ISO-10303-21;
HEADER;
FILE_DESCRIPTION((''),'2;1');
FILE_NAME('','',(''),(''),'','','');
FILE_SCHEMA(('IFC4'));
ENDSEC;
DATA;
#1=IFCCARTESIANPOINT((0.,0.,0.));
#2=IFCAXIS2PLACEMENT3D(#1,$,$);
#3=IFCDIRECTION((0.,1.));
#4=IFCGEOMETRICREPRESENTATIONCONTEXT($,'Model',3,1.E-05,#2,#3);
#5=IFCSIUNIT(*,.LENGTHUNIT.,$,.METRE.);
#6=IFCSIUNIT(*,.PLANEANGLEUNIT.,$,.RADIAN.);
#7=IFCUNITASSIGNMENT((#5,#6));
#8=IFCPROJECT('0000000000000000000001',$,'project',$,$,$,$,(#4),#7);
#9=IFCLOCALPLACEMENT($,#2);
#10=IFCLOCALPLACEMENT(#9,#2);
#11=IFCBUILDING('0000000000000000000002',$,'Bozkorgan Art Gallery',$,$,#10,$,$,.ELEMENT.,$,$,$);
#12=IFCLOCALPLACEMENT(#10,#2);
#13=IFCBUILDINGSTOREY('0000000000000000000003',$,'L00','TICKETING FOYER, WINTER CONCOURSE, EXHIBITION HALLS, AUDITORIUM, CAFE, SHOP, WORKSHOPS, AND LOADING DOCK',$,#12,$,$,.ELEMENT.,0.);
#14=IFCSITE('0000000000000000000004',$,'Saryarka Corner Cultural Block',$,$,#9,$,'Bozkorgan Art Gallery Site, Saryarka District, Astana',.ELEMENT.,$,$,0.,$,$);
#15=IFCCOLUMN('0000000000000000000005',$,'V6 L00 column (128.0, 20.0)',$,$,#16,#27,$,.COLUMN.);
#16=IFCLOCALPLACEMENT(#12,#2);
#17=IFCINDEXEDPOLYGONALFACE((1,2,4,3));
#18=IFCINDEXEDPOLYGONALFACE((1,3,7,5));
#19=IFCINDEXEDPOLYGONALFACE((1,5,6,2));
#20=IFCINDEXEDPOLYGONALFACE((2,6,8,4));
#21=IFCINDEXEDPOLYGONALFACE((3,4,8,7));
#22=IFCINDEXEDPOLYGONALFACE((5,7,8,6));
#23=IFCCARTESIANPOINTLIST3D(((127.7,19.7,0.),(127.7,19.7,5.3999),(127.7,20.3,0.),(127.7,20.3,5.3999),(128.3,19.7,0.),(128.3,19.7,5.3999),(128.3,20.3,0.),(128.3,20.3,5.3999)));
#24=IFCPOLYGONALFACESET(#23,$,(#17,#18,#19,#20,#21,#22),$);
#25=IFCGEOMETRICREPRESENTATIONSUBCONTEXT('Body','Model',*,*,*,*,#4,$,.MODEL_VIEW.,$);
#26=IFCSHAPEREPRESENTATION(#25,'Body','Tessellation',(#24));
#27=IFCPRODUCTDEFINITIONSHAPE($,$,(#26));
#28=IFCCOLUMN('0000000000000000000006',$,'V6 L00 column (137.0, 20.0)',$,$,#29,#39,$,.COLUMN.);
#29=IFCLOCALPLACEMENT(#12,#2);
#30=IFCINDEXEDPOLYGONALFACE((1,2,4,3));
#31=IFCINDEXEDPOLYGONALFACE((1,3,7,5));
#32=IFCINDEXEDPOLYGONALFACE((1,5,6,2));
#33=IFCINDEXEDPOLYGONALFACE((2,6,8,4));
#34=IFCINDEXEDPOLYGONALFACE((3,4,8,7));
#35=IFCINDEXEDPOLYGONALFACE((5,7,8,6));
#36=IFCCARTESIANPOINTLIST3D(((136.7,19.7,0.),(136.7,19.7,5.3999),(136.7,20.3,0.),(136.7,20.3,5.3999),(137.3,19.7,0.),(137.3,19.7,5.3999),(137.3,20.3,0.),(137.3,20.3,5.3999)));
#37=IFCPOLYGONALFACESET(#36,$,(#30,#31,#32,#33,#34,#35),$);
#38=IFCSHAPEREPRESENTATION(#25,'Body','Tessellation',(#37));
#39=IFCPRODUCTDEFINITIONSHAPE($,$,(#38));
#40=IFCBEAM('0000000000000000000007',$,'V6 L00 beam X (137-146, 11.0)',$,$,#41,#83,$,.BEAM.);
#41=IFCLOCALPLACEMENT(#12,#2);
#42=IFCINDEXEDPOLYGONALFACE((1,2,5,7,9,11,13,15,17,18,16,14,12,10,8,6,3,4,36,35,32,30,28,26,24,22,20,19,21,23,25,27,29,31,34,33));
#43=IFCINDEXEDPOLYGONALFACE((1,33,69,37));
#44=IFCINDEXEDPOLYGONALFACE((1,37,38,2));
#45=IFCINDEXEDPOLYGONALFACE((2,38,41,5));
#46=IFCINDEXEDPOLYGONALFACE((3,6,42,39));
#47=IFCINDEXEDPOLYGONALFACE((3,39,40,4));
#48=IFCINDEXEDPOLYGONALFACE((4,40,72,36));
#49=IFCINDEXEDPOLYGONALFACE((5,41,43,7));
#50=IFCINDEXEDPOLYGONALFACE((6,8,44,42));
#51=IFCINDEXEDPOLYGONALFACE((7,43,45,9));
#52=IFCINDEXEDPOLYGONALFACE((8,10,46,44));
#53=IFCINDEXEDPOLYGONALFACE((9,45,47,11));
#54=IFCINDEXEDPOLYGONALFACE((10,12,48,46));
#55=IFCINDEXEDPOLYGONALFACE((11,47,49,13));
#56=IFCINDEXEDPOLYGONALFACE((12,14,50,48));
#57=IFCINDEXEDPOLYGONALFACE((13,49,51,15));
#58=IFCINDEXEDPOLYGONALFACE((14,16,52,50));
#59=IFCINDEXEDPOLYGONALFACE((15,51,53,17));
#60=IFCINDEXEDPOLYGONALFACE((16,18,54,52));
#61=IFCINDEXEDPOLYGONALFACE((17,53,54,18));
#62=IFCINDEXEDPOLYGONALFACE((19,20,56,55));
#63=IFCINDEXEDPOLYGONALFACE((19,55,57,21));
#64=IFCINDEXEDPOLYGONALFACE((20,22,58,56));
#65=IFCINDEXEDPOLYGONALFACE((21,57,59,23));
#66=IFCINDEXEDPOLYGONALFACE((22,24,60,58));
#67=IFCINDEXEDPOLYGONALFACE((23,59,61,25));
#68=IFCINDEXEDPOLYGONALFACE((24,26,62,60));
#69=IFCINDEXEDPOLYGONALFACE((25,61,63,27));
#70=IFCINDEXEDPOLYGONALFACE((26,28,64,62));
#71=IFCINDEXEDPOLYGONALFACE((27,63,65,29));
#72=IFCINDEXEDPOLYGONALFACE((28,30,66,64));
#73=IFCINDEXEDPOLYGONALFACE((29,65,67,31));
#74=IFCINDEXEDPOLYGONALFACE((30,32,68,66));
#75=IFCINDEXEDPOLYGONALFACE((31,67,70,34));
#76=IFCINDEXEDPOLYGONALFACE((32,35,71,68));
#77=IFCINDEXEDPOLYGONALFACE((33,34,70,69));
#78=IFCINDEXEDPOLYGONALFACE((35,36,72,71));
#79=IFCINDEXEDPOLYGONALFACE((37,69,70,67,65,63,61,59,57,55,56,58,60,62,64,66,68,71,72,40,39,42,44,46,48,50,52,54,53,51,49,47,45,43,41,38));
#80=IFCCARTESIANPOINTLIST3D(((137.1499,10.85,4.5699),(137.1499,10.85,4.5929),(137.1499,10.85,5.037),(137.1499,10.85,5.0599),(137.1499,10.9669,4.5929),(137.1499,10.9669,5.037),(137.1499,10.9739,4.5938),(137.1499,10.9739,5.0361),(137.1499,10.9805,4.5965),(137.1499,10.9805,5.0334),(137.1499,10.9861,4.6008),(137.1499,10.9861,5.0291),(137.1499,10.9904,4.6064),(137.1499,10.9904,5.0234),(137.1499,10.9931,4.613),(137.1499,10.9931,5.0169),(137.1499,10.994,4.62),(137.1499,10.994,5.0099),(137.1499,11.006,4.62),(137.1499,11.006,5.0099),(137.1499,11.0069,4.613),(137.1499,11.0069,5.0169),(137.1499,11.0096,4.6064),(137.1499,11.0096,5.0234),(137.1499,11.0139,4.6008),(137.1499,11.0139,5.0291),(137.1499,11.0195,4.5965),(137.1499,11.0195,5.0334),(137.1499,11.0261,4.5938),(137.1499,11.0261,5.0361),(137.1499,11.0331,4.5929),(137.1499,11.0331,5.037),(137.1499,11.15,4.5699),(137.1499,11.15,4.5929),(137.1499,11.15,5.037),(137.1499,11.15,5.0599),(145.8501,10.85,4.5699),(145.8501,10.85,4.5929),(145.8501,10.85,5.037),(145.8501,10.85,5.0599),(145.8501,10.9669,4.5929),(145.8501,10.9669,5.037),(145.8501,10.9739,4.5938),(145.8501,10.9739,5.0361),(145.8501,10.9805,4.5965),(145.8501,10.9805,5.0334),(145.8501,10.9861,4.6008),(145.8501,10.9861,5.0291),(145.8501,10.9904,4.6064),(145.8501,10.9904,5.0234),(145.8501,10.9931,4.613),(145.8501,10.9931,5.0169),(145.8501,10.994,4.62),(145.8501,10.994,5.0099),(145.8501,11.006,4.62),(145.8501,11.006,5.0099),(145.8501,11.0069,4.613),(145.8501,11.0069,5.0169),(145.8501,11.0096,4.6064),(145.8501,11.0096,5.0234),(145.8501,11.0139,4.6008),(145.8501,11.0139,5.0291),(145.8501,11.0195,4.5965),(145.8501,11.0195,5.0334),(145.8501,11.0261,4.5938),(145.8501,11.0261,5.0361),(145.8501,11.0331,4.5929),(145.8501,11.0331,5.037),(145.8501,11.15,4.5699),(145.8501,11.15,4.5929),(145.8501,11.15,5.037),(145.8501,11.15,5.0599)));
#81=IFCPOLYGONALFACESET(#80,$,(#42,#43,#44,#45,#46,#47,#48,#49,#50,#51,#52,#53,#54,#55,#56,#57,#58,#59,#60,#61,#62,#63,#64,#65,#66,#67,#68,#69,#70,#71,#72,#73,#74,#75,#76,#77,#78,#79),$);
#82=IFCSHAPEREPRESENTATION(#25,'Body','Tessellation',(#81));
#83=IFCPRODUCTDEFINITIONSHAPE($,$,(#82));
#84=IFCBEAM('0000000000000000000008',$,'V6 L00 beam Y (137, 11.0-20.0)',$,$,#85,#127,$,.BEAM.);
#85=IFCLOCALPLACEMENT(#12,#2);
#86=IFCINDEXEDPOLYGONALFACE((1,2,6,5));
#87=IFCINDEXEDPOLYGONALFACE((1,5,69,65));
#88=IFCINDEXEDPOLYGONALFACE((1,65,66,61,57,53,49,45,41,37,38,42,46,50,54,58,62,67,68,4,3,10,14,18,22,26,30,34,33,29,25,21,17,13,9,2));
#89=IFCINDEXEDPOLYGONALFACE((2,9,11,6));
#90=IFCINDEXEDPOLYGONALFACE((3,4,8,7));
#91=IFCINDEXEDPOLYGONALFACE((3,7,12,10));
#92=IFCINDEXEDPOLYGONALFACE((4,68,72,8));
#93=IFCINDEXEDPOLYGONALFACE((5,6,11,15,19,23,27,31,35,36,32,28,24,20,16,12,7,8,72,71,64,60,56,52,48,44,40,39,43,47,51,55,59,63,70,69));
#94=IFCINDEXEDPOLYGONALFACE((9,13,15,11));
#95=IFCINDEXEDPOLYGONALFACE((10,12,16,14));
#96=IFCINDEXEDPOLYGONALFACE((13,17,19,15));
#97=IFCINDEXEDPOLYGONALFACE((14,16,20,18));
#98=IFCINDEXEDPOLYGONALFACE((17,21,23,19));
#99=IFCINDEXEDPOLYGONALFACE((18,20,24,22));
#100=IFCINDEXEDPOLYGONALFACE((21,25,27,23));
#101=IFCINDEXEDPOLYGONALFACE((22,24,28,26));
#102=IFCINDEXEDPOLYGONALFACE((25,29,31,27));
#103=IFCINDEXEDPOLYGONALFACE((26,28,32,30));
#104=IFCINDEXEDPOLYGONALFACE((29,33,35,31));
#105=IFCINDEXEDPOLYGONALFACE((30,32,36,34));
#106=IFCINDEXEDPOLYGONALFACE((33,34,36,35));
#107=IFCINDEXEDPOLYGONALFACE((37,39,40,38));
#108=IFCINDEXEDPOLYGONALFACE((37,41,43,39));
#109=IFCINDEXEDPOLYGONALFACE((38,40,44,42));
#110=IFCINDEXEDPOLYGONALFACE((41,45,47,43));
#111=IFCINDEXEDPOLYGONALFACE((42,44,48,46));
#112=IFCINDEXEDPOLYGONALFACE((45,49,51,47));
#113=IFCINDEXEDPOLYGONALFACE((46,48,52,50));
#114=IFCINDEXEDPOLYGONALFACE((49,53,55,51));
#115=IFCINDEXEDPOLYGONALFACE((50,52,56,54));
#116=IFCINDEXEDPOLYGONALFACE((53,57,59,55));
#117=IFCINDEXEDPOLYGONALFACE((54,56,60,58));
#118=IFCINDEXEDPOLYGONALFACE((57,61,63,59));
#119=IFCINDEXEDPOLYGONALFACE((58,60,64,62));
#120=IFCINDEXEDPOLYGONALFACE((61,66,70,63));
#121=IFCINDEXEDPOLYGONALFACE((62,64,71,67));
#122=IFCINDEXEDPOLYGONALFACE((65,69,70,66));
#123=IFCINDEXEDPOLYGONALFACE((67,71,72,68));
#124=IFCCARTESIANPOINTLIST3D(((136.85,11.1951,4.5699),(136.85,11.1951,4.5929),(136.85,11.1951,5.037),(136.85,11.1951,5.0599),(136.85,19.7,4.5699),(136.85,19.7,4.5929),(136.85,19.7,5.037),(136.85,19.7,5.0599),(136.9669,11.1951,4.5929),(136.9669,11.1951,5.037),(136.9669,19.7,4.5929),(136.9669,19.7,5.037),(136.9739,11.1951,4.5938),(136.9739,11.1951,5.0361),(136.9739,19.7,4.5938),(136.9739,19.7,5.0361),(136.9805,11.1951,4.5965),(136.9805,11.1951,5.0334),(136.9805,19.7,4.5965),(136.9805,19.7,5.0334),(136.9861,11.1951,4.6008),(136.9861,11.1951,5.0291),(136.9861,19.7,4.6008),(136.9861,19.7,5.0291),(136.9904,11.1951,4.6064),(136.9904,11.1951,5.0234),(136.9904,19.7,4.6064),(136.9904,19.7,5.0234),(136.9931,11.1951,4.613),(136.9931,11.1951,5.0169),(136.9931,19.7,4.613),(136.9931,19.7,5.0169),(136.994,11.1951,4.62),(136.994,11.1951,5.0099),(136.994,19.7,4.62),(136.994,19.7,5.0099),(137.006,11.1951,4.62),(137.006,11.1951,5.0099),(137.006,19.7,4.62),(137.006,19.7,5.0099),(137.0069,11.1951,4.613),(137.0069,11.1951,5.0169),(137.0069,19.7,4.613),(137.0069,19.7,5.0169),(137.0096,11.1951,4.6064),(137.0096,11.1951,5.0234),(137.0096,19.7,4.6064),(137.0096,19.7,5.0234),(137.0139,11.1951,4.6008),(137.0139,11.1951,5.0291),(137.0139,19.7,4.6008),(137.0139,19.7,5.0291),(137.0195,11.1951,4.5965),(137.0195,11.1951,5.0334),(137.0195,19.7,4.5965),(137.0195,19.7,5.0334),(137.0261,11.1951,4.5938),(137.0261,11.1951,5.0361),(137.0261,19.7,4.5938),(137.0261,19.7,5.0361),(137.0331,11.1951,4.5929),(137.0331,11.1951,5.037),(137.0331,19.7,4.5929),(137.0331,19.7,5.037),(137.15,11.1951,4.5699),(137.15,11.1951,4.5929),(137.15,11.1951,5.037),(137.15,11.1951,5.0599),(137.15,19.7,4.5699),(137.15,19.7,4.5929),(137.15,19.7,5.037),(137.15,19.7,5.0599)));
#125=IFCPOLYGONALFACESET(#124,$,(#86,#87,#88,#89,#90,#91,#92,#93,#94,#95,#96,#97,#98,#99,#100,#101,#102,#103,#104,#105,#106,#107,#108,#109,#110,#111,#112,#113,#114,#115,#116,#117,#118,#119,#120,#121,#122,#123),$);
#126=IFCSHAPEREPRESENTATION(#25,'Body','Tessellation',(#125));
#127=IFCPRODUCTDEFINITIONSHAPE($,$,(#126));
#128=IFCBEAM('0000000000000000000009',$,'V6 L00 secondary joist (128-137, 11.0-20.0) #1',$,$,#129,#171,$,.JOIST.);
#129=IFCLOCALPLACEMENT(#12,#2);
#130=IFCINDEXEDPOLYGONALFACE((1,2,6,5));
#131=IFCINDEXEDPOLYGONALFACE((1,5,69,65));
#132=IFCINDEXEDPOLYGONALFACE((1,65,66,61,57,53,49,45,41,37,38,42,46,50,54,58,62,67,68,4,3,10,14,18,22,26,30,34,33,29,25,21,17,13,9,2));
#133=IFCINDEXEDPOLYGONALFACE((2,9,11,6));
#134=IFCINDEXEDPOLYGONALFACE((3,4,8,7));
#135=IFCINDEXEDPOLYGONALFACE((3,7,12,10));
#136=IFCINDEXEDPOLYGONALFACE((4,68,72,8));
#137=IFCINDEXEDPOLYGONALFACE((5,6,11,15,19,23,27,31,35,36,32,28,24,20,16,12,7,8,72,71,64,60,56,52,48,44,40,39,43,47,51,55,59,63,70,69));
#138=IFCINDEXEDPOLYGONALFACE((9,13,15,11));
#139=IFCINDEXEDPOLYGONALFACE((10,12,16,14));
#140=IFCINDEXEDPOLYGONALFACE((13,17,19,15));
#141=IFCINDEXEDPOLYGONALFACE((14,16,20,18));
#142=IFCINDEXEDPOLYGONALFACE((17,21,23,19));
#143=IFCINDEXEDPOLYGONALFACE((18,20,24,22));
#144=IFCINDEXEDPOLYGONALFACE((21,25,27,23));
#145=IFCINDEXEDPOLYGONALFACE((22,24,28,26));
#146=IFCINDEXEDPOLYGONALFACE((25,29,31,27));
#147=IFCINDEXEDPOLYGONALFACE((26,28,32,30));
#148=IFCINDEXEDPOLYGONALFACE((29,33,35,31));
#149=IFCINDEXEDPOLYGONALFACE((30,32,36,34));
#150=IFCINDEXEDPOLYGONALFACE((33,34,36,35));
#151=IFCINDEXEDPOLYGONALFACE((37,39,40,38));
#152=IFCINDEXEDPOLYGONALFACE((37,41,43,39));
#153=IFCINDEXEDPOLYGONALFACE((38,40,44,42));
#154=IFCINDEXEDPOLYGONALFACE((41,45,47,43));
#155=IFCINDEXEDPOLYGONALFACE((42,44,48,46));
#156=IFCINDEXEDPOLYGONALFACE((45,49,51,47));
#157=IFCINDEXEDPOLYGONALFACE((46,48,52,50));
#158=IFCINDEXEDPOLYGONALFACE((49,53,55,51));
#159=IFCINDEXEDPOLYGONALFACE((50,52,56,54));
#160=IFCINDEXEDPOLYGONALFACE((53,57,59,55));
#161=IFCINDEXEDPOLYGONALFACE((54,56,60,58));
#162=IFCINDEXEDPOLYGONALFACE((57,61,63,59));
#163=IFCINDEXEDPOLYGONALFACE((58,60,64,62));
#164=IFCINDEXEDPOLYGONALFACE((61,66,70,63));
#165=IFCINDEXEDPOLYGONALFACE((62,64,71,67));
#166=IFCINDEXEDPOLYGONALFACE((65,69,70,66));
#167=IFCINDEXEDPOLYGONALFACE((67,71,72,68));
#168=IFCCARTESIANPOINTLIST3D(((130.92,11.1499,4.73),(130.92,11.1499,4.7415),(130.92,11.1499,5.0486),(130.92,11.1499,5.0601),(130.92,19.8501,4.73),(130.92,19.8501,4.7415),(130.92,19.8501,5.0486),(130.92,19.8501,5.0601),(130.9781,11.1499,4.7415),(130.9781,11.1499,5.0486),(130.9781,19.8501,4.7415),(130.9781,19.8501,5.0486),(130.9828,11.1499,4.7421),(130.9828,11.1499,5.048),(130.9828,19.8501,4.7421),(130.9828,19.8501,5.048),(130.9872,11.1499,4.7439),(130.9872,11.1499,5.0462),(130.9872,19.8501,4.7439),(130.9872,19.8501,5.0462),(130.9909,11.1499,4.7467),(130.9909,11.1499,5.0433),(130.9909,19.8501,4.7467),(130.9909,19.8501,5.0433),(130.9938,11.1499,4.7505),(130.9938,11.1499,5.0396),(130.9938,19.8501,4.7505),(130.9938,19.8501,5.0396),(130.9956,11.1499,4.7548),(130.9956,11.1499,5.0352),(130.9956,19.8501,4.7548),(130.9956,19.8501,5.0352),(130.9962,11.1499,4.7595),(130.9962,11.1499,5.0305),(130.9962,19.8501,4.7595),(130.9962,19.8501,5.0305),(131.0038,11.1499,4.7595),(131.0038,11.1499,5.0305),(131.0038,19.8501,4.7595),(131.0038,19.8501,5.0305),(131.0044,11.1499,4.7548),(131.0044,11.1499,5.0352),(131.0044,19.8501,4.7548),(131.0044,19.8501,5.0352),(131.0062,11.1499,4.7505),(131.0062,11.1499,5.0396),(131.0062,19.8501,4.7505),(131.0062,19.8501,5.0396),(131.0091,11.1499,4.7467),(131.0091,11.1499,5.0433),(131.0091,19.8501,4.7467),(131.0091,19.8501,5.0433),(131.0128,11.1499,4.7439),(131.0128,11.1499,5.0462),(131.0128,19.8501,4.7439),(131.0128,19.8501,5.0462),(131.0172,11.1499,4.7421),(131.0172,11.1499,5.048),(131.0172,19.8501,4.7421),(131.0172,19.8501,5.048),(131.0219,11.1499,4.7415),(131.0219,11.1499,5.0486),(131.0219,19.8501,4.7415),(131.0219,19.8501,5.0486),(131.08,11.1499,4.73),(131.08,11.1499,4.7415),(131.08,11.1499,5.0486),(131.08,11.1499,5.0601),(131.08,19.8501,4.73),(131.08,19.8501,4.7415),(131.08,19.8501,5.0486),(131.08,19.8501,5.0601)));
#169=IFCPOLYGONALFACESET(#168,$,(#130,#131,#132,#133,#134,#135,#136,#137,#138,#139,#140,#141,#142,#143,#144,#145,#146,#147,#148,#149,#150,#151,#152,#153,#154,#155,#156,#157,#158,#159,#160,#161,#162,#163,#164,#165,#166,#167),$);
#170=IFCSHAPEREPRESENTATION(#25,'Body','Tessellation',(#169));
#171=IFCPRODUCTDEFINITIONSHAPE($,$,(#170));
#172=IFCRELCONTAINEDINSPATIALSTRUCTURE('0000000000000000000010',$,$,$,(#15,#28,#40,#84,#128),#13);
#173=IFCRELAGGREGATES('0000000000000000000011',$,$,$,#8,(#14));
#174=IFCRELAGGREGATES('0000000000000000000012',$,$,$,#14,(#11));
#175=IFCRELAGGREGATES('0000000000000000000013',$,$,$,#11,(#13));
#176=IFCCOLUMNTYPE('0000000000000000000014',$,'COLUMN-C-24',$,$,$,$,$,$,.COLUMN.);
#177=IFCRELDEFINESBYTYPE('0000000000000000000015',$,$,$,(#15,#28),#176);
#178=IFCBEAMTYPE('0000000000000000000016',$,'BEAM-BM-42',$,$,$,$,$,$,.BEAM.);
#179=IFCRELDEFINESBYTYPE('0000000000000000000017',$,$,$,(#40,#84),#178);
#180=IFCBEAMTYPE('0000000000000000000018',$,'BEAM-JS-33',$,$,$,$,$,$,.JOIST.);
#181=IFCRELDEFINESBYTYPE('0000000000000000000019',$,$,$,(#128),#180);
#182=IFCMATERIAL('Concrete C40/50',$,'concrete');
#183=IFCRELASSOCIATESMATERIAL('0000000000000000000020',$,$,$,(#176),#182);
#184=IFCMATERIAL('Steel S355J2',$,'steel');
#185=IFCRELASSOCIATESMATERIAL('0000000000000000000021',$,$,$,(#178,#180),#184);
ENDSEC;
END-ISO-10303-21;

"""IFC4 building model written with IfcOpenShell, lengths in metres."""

from ifc_helpers import new_model, si_unit, direction, frame, origin, origin_2d, place, context, subcontext, project, spatial, rectangle, i_section, extrude, material, material_profile, profile_set, type_object, element, save


model = new_model("IFC4")

# Units and contexts
model_context = context("Model", 3, precision=1e-05, world=origin(), true_north=direction((0.0, 1.0)))
body_context = subcontext(model_context, "Body", "Model", "MODEL_VIEW")
ifc_project = project(units=[si_unit("LENGTHUNIT", "METRE"), si_unit("PLANEANGLEUNIT", "RADIAN")], contexts=[model_context])

# Site, building, storey
site_placement = place(None, origin())
site = spatial("IfcSite", under=ifc_project, at=site_placement, Name="Saryarka Corner Cultural Block", LongName="Bozkorgan Art Gallery Site, Saryarka District, Astana", CompositionType="ELEMENT", RefElevation=0.0)
building_placement = place(site_placement, origin())
building = spatial("IfcBuilding", under=site, at=building_placement, Name="Bozkorgan Art Gallery", CompositionType="ELEMENT")
storey_placement = place(building_placement, origin())
storey = spatial("IfcBuildingStorey", under=building, at=storey_placement, Name="L00", Description="TICKETING FOYER, WINTER CONCOURSE, EXHIBITION HALLS, AUDITORIUM, CAFE, SHOP, WORKSHOPS, AND LOADING DOCK", CompositionType="ELEMENT", Elevation=0.0)

# Columns
ifc_material_1 = material(Name="Steel S355J2", Category="steel")
ifc_material_2 = material(Name="Concrete C40/50", Category="concrete")
ifc_material_profile_1 = material_profile(ifc_material_2, rectangle(XDim=0.6001, YDim=0.6001, at=origin_2d()), Name="RC 600x600")
ifc_profile_set_1 = profile_set([ifc_material_profile_1], Name="Concrete C40/50")
column_type_1 = type_object("IfcColumnType", Name="COLUMN-C-24", PredefinedType="COLUMN", material=ifc_profile_set_1)
for number, where, z_axis, x_axis, name in (
    (1, (128.0, 20.0, 0.0), (0.0, 0.0, 1.0), (1.0, 0.0, 0.0), "V6 L00 column (128.0, 20.0)"),
    (2, (137.0, 20.0, 0.0), (0.0, 0.0, 1.0), (1.0, 0.0, 0.0), "V6 L00 column (137.0, 20.0)"),
):
    element("IfcColumn", number, at=place(storey_placement, frame(where, z_axis=z_axis, x_axis=x_axis)), inside=storey, type_object=column_type_1, Name=name, PredefinedType="COLUMN", context=body_context, shape_type="SweptSolid", body=[
        extrude(rectangle(XDim=0.6001, YDim=0.6001, at=origin_2d()), origin(), (0.0, 0.0, 1.0), 5.3999),
    ])

# Beams
ifc_material_profile_2 = material_profile(ifc_material_1, i_section(OverallWidth=0.3, OverallDepth=0.49, WebThickness=0.012, FlangeThickness=0.0229, FilletRadius=0.0271, at=origin_2d()), Name="HEA 500")
ifc_profile_set_2 = profile_set([ifc_material_profile_2], Name="Steel S355J2")
beam_type_1 = type_object("IfcBeamType", Name="BEAM-BM-42", PredefinedType="BEAM", material=ifc_profile_set_2)
beam_1_placement = place(storey_placement, frame((137.1499, 11.0, 4.8149), z_axis=(1.0, 0.0, 0.0), x_axis=(0.0, 1.0, 0.0)))
element("IfcBeam", 3, at=beam_1_placement, inside=storey, type_object=beam_type_1, Name="V6 L00 beam X (137-146, 11.0)", PredefinedType="BEAM", context=body_context, shape_type="SweptSolid", body=[
    extrude(i_section(OverallWidth=0.3, OverallDepth=0.49, WebThickness=0.012, FlangeThickness=0.0229, FilletRadius=0.0271, at=origin_2d()), origin(), (0.0, 0.0, 1.0), 8.7002),
])
beam_2_placement = place(storey_placement, frame((137.0, 11.1951, 4.8149), z_axis=(0.0, 1.0, 0.0), x_axis=(-1.0, 0.0, 0.0)))
element("IfcBeam", 4, at=beam_2_placement, inside=storey, type_object=beam_type_1, Name="V6 L00 beam Y (137, 11.0-20.0)", PredefinedType="BEAM", context=body_context, shape_type="SweptSolid", body=[
    extrude(i_section(OverallWidth=0.3, OverallDepth=0.49, WebThickness=0.012, FlangeThickness=0.0229, FilletRadius=0.0271, at=origin_2d()), origin(), (0.0, 0.0, 1.0), 8.5049),
])
ifc_material_profile_3 = material_profile(ifc_material_1, i_section(OverallWidth=0.1599, OverallDepth=0.3301, WebThickness=0.0076, FlangeThickness=0.0115, FilletRadius=0.0181, at=origin_2d()), Name="IPE 330")
ifc_profile_set_3 = profile_set([ifc_material_profile_3], Name="Steel S355J2")
beam_type_2 = type_object("IfcBeamType", Name="BEAM-JS-33", PredefinedType="JOIST", material=ifc_profile_set_3)
for number, where, z_axis, x_axis, name in (
    (5, (131.0, 11.1499, 4.895), (0.0, 1.0, 0.0), (-1.0, 0.0, 0.0), "V6 L00 secondary joist (128-137, 11.0-20.0) #1"),
):
    element("IfcBeam", number, at=place(storey_placement, frame(where, z_axis=z_axis, x_axis=x_axis)), inside=storey, type_object=beam_type_2, Name=name, PredefinedType="JOIST", context=body_context, shape_type="SweptSolid", body=[
        extrude(i_section(OverallWidth=0.1599, OverallDepth=0.3301, WebThickness=0.0076, FlangeThickness=0.0115, FilletRadius=0.0181, at=origin_2d()), origin(), (0.0, 0.0, 1.0), 8.7002),
    ])

save(model, "model.ifc")
